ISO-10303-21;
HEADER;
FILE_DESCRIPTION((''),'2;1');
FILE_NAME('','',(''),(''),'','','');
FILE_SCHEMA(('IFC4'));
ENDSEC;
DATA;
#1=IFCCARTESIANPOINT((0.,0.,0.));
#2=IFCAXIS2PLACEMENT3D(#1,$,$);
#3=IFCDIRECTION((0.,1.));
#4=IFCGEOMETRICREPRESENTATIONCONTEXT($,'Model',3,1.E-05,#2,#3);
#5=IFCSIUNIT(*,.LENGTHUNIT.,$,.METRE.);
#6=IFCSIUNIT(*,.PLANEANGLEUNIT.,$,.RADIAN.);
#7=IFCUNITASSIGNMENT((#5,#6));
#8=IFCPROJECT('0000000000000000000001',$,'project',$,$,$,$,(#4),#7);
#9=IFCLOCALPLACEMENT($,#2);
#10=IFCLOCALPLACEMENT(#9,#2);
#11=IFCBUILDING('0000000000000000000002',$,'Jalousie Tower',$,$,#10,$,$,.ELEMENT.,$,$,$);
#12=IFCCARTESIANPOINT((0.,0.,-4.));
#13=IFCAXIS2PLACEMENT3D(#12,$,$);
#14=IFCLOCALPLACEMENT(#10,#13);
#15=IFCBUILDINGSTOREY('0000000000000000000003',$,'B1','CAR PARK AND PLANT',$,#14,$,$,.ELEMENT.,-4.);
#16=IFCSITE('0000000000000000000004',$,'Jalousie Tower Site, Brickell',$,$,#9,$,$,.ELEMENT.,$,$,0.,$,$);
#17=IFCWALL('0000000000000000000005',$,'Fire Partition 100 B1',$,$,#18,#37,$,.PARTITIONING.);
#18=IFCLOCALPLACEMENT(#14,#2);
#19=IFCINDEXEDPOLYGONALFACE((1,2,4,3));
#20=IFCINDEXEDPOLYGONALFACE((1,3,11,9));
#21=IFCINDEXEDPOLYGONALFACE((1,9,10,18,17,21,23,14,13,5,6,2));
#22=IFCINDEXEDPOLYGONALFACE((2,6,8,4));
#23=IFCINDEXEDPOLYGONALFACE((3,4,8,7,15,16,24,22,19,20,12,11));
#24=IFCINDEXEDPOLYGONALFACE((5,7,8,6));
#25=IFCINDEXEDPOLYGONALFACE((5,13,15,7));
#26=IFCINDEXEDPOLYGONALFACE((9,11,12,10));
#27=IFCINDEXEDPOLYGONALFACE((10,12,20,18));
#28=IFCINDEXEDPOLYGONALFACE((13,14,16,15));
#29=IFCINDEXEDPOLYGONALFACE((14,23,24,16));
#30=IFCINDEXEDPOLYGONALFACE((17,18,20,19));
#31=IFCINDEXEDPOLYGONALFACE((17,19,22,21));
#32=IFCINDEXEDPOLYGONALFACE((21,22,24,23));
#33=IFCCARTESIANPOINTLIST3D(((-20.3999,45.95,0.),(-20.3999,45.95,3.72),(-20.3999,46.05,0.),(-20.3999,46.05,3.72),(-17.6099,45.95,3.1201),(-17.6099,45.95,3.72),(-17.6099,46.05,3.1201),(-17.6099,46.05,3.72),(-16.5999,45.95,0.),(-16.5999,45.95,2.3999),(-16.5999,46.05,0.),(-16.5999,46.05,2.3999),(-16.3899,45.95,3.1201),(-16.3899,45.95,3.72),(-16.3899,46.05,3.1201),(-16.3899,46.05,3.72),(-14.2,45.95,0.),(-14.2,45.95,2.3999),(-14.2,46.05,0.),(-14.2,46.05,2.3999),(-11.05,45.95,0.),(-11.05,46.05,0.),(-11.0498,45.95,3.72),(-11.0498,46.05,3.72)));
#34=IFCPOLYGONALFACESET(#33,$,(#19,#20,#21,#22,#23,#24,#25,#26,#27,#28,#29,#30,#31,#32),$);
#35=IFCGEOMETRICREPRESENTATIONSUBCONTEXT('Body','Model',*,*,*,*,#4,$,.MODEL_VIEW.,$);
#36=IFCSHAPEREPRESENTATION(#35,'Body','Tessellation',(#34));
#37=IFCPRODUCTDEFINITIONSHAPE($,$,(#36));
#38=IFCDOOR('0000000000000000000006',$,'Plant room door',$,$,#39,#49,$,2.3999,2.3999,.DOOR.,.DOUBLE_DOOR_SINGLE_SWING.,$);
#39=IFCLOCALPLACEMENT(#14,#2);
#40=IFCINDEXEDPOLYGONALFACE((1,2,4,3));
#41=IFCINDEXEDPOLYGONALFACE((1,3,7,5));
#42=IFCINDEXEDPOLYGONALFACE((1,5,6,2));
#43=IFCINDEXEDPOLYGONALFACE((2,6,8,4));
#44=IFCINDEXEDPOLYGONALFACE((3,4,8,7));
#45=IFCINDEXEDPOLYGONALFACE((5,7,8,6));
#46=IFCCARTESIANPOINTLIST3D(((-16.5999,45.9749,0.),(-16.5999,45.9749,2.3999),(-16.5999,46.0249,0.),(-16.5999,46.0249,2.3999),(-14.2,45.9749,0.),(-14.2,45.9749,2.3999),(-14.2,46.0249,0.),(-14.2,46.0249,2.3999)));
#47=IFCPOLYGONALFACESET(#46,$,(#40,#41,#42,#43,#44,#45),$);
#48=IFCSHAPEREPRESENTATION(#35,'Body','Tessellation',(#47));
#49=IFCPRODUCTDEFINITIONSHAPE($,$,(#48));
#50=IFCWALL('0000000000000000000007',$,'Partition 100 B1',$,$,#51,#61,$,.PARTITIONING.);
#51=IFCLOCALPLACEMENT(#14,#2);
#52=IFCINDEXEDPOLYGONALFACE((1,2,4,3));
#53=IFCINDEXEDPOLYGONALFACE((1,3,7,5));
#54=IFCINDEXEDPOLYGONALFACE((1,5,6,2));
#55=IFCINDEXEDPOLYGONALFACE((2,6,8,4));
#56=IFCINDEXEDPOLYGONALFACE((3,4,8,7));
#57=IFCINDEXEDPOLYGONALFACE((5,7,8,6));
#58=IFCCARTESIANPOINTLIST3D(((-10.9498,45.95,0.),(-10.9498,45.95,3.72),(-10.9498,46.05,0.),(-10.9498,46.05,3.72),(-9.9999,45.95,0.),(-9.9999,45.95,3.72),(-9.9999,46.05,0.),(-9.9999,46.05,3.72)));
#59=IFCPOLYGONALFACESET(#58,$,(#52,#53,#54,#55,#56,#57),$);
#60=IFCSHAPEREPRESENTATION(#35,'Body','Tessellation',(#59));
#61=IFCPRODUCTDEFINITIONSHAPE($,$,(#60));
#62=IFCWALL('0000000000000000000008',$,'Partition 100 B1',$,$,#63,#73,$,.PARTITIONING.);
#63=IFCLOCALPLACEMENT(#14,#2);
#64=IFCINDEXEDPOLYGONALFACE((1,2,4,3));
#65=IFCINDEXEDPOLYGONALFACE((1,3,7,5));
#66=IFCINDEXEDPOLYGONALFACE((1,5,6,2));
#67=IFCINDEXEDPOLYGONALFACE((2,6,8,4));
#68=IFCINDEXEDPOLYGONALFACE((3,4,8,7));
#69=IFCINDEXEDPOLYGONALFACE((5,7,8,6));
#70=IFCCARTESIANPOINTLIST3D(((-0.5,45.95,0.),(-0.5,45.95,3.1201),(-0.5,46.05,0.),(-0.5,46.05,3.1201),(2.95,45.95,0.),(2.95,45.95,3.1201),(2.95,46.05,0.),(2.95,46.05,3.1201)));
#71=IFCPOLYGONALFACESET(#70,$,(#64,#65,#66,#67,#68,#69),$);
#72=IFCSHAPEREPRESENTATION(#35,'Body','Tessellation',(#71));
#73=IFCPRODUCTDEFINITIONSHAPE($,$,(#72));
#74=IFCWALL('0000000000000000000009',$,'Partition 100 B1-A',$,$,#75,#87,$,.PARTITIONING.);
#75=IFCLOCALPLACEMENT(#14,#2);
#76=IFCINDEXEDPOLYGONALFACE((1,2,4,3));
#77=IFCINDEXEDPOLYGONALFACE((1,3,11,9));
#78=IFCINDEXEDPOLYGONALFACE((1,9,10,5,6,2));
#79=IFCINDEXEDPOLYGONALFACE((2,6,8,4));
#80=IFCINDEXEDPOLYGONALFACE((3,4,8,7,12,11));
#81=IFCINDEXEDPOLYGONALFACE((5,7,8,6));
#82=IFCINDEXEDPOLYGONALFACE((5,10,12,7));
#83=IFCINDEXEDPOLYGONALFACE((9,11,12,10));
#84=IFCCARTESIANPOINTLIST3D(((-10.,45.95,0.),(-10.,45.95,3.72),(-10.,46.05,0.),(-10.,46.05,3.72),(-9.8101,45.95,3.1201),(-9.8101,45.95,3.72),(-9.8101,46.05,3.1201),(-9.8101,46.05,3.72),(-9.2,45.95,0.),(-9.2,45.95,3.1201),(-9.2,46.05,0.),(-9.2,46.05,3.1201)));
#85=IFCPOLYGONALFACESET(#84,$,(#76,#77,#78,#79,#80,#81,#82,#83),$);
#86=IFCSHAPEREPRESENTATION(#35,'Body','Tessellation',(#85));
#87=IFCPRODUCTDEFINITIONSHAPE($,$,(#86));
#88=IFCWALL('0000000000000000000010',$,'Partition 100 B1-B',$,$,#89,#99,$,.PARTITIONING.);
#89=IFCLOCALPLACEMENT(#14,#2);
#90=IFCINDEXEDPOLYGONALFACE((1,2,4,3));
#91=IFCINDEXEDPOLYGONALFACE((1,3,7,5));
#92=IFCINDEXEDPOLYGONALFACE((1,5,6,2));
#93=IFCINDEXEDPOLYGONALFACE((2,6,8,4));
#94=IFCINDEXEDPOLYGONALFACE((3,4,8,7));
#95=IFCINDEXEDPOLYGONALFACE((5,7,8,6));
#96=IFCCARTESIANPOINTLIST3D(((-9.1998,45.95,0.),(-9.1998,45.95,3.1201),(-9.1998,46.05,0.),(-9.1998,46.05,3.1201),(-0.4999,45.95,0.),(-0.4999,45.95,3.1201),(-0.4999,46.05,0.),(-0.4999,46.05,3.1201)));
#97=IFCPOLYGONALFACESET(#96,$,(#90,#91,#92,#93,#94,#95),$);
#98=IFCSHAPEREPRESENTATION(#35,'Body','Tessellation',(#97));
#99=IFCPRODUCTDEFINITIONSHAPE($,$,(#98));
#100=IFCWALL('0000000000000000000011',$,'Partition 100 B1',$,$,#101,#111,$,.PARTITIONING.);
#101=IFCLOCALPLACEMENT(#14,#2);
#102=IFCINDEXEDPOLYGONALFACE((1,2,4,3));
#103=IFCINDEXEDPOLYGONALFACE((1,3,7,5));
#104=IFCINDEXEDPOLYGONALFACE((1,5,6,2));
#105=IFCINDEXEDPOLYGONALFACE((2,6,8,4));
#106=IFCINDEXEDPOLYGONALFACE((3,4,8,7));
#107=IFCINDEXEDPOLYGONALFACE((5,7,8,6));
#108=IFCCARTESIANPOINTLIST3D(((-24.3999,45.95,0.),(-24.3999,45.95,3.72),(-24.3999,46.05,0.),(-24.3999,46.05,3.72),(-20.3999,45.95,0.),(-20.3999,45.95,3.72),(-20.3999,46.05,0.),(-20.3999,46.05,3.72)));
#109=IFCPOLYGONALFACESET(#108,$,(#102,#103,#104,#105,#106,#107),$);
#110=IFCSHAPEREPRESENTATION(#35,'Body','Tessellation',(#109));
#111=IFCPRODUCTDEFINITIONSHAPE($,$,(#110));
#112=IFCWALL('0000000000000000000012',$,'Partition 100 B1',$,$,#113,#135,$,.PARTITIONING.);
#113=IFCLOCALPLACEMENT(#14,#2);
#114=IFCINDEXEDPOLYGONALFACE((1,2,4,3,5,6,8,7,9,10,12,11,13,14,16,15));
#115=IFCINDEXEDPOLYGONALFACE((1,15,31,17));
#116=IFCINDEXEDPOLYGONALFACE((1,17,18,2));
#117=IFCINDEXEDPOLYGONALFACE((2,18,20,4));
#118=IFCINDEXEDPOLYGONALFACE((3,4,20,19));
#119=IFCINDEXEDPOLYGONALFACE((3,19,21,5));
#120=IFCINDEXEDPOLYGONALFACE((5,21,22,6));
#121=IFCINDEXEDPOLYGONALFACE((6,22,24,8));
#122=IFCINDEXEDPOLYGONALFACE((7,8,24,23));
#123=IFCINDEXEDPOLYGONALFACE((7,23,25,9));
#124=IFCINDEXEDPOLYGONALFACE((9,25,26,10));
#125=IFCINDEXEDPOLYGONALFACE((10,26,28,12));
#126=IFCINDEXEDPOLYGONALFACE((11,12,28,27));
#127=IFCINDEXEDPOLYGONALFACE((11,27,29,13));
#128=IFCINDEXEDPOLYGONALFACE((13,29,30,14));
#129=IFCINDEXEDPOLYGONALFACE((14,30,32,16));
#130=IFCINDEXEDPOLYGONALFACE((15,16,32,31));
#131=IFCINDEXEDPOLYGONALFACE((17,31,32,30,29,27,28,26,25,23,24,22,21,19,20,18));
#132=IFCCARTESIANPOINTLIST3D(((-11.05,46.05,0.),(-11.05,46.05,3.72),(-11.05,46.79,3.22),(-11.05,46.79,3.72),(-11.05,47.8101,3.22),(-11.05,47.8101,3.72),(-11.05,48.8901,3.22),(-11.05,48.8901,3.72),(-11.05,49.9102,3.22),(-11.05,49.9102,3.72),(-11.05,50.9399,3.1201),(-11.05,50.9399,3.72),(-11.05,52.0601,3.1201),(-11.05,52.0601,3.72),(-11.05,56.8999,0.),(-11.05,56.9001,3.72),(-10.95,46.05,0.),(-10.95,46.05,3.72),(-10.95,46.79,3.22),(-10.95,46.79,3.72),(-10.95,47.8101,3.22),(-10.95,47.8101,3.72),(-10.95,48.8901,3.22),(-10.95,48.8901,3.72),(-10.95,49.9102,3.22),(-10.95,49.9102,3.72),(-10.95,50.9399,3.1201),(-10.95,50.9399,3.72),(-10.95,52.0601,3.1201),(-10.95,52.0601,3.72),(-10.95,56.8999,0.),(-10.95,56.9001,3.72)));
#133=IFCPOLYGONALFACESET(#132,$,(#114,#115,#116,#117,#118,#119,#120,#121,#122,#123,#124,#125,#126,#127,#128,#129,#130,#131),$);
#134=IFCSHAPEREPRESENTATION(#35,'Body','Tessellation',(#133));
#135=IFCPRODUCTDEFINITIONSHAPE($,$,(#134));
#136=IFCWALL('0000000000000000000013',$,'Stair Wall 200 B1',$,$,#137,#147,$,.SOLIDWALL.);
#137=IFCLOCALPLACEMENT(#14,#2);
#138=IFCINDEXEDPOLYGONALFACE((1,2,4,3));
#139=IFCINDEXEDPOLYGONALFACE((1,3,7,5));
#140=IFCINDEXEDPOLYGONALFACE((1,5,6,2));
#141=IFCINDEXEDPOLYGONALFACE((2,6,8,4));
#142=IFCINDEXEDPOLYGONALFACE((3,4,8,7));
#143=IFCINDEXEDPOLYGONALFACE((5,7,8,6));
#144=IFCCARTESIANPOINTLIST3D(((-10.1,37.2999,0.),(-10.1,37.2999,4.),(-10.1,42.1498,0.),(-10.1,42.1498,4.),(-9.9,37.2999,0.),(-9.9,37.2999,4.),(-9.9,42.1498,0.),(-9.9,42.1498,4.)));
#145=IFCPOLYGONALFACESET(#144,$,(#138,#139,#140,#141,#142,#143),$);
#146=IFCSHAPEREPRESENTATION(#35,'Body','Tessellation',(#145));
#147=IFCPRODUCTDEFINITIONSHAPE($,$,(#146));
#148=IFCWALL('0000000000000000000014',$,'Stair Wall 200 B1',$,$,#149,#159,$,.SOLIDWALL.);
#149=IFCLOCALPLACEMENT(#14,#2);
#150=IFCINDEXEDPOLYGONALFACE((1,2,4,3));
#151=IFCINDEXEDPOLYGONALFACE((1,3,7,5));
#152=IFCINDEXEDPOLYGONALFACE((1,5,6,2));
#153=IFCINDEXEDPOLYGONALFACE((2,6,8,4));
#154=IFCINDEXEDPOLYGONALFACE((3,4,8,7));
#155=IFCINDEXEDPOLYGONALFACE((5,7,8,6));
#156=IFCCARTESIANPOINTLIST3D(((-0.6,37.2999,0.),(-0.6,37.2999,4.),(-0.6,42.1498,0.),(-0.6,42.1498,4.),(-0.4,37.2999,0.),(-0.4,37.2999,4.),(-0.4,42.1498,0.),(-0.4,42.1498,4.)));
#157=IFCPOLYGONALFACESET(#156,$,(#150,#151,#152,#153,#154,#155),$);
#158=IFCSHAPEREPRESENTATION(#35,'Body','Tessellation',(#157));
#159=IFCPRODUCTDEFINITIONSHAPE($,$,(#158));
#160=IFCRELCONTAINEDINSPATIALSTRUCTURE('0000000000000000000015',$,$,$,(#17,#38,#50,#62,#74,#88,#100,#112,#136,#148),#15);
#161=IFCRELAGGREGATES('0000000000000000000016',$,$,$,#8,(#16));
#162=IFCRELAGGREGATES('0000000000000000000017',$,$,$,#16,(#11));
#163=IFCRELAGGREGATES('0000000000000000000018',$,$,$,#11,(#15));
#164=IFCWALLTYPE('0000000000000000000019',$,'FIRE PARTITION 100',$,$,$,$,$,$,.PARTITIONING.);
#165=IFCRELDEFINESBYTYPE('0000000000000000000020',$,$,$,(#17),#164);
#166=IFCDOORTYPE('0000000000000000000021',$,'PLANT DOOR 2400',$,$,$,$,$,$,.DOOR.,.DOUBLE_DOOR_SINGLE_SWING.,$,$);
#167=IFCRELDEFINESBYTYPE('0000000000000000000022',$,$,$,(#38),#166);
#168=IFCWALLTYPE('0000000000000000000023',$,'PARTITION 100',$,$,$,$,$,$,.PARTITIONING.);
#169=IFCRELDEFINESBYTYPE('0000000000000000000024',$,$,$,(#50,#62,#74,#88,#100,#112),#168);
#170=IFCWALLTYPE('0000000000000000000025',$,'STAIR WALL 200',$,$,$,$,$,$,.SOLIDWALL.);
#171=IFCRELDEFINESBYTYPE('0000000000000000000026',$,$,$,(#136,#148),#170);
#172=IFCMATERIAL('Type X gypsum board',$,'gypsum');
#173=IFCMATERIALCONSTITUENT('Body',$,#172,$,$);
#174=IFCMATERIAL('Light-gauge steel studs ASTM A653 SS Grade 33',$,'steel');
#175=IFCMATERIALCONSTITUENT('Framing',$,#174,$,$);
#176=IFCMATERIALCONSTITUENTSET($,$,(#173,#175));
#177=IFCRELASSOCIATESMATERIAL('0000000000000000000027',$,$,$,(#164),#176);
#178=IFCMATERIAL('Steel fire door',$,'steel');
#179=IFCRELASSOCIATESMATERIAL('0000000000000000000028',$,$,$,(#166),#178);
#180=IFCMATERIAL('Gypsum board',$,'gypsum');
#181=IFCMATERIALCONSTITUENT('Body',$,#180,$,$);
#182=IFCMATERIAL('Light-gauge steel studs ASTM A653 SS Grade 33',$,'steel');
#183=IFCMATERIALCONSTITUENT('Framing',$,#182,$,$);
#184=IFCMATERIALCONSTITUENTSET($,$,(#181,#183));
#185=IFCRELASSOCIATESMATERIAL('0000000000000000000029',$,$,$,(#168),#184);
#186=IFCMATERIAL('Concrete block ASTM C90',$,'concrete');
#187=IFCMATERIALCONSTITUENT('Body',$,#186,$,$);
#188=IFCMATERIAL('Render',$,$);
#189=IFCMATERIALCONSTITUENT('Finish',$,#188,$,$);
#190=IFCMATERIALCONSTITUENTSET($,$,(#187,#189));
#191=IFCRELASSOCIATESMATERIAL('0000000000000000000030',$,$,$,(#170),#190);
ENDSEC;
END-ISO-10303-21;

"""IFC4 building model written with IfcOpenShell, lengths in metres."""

from ifc_helpers import new_model, si_unit, direction, frame, frame_2d, origin, place, context, subcontext, project, spatial, polyline, rectangle, outline, extrude, material, constituent, constituent_set, type_object, element, fill, save


model = new_model("IFC4")

# Units and contexts
model_context = context("Model", 3, precision=1e-05, world=origin(), true_north=direction((0.0, 1.0)))
body_context = subcontext(model_context, "Body", "Model", "MODEL_VIEW")
ifc_project = project(units=[si_unit("LENGTHUNIT", "METRE"), si_unit("PLANEANGLEUNIT", "RADIAN")], contexts=[model_context])

# Site, building, storey
site_placement = place(None, origin())
site = spatial("IfcSite", under=ifc_project, at=site_placement, Name="Jalousie Tower Site, Brickell", CompositionType="ELEMENT", RefElevation=0.0)
building_placement = place(site_placement, origin())
building = spatial("IfcBuilding", under=site, at=building_placement, Name="Jalousie Tower", CompositionType="ELEMENT")
storey_placement = place(building_placement, frame((0.0, 0.0, -4.0)))
storey = spatial("IfcBuildingStorey", under=building, at=storey_placement, Name="B1", Description="CAR PARK AND PLANT", CompositionType="ELEMENT", Elevation=-4.0)

# Wall, opening, door
ifc_material_1 = material(Name="Type X gypsum board", Category="gypsum")
ifc_constituent_1 = constituent(ifc_material_1, Name="Body")
ifc_material_2 = material(Name="Light-gauge steel studs ASTM A653 SS Grade 33", Category="steel")
ifc_constituent_2 = constituent(ifc_material_2, Name="Framing")
ifc_constituent_set_1 = constituent_set(constituents=[ifc_constituent_1, ifc_constituent_2])
wall_type_1 = type_object("IfcWallType", Name="FIRE PARTITION 100", PredefinedType="PARTITIONING", material=ifc_constituent_set_1)
wall_1_placement = place(storey_placement, frame((-20.3999, 46.0, 0.0), z_axis=(0.0, 0.0, 1.0), x_axis=(1.0, 0.0, 0.0)))
wall_1 = element("IfcWall", 1, at=wall_1_placement, inside=storey, type_object=wall_type_1, Name="Fire Partition 100 B1", PredefinedType="PARTITIONING", context=body_context, shape_type="SweptSolid", body=[
    extrude(outline(polyline([(0.0, 0.0), (9.3499, 0.0), (9.3501, 3.72), (4.01, 3.72), (4.01, 3.1201), (2.79, 3.1201), (2.79, 3.72), (0.0, 3.72), (0.0, 0.0)])), frame((0.0, 0.05, 0.0), z_axis=(0.0, -1.0, 0.0), x_axis=(1.0, 0.0, 0.0)), (0.0, 0.0, 1.0), 0.1001),
])
opening_1_placement = place(wall_1_placement, frame((3.8, 0.0, 0.0)))
opening_1 = element("IfcOpeningElement", 2, at=opening_1_placement, cuts=wall_1, PredefinedType="OPENING", context=body_context, shape_type="SweptSolid", body=[
    extrude(rectangle(XDim=2.3999, YDim=2.3999, at=frame_2d((1.2, 1.2))), frame((0.0, 0.0601, 0.0), z_axis=(0.0, -1.0, 0.0), x_axis=(1.0, 0.0, 0.0)), (0.0, 0.0, 1.0), 0.1201),
])
ifc_material_3 = material(Name="Steel fire door", Category="steel")
door_type_1 = type_object("IfcDoorType", Name="PLANT DOOR 2400", OperationType="DOUBLE_DOOR_SINGLE_SWING", PredefinedType="DOOR", material=ifc_material_3)
door_1_placement = place(opening_1_placement, origin())
door_1 = element("IfcDoor", 3, at=door_1_placement, inside=storey, type_object=door_type_1, Name="Plant room door", OperationType="DOUBLE_DOOR_SINGLE_SWING", OverallHeight=2.3999, OverallWidth=2.3999, PredefinedType="DOOR", context=body_context, shape_type="SweptSolid", body=[
    extrude(rectangle(XDim=2.3999, YDim=2.3999, at=frame_2d((1.2, 1.2))), frame((0.0, 0.0249, 0.0), z_axis=(0.0, -1.0, 0.0), x_axis=(1.0, 0.0, 0.0)), (0.0, 0.0, 1.0), 0.05),
])
fill(opening_1, door_1)

# Walls
ifc_material_4 = material(Name="Gypsum board", Category="gypsum")
ifc_constituent_3 = constituent(ifc_material_4, Name="Body")
ifc_material_5 = material(Name="Light-gauge steel studs ASTM A653 SS Grade 33", Category="steel")
ifc_constituent_4 = constituent(ifc_material_5, Name="Framing")
ifc_constituent_set_2 = constituent_set(constituents=[ifc_constituent_3, ifc_constituent_4])
wall_type_2 = type_object("IfcWallType", Name="PARTITION 100", PredefinedType="PARTITIONING", material=ifc_constituent_set_2)
wall_2_placement = place(storey_placement, frame((-10.95, 46.0, 0.0), z_axis=(0.0, 0.0, 1.0), x_axis=(1.0, 0.0, 0.0)))
element("IfcWall", 4, at=wall_2_placement, inside=storey, type_object=wall_type_2, Name="Partition 100 B1", PredefinedType="PARTITIONING", context=body_context, shape_type="SweptSolid", body=[
    extrude(rectangle(XDim=0.95, YDim=0.1001, at=frame_2d((0.4751, 0.0))), origin(), (0.0, 0.0, 1.0), 3.72),
])
wall_3_placement = place(storey_placement, frame((-0.5, 46.0, 0.0), z_axis=(0.0, 0.0, 1.0), x_axis=(1.0, 0.0, 0.0)))
element("IfcWall", 5, at=wall_3_placement, inside=storey, type_object=wall_type_2, Name="Partition 100 B1", PredefinedType="PARTITIONING", context=body_context, shape_type="SweptSolid", body=[
    extrude(outline(polyline([(0.0, 0.0), (3.45, 0.0), (3.45, 3.72), (3.45, 3.1201), (0.0, 3.1201), (0.0, 3.72), (0.0, 0.0)])), frame((0.0, 0.05, 0.0), z_axis=(0.0, -1.0, 0.0), x_axis=(1.0, 0.0, 0.0)), (0.0, 0.0, 1.0), 0.1001),
])
wall_4_placement = place(storey_placement, frame((-10.0, 46.0, 0.0), z_axis=(0.0, 0.0, 1.0), x_axis=(1.0, 0.0, 0.0)))
element("IfcWall", 6, at=wall_4_placement, inside=storey, type_object=wall_type_2, Name="Partition 100 B1-A", PredefinedType="PARTITIONING", context=body_context, shape_type="SweptSolid", body=[
    extrude(outline(polyline([(0.0, 0.0), (0.8, 0.0), (0.8, 3.1201), (0.1899, 3.1201), (0.1899, 3.72), (0.0, 3.72), (0.0, 0.0)])), frame((0.0, 0.05, 0.0), z_axis=(0.0, -1.0, 0.0), x_axis=(1.0, 0.0, 0.0)), (0.0, 0.0, 1.0), 0.1001),
])
wall_5_placement = place(storey_placement, frame((-9.2, 46.0, 0.0), z_axis=(0.0, 0.0, 1.0), x_axis=(1.0, 0.0, 0.0)))
element("IfcWall", 7, at=wall_5_placement, inside=storey, type_object=wall_type_2, Name="Partition 100 B1-B", PredefinedType="PARTITIONING", context=body_context, shape_type="SweptSolid", body=[
    extrude(rectangle(XDim=8.7, YDim=0.1001, at=frame_2d((4.3501, 0.0))), origin(), (0.0, 0.0, 1.0), 3.1201),
])
wall_6_placement = place(storey_placement, frame((-24.3999, 46.0, 0.0), z_axis=(0.0, 0.0, 1.0), x_axis=(1.0, 0.0, 0.0)))
element("IfcWall", 8, at=wall_6_placement, inside=storey, type_object=wall_type_2, Name="Partition 100 B1", PredefinedType="PARTITIONING", context=body_context, shape_type="SweptSolid", body=[
    extrude(rectangle(XDim=4.0, YDim=0.1001, at=frame_2d((2.0, 0.0))), origin(), (0.0, 0.0, 1.0), 3.72),
])
wall_7_placement = place(storey_placement, frame((-11.0, 46.05, 0.0), z_axis=(0.0, 0.0, 1.0), x_axis=(0.0, 1.0, 0.0)))
element("IfcWall", 9, at=wall_7_placement, inside=storey, type_object=wall_type_2, Name="Partition 100 B1", PredefinedType="PARTITIONING", context=body_context, shape_type="SweptSolid", body=[
    extrude(outline(polyline([(0.0, 0.0), (10.8499, 0.0), (10.8501, 3.72), (6.01, 3.72), (6.01, 3.1201), (4.8899, 3.1201), (4.8899, 3.72), (3.8601, 3.72), (3.8601, 3.22), (2.8401, 3.22), (2.8401, 3.72), (1.76, 3.72), (1.76, 3.22), (0.74, 3.22), (0.74, 3.72), (0.0, 3.72), (0.0, 0.0)])), frame((0.0, 0.05, 0.0), z_axis=(0.0, -1.0, 0.0), x_axis=(1.0, 0.0, 0.0)), (0.0, 0.0, 1.0), 0.1001),
])
ifc_material_6 = material(Name="Concrete block ASTM C90", Category="concrete")
ifc_constituent_5 = constituent(ifc_material_6, Name="Body")
ifc_material_7 = material(Name="Render")
ifc_constituent_6 = constituent(ifc_material_7, Name="Finish")
ifc_constituent_set_3 = constituent_set(constituents=[ifc_constituent_5, ifc_constituent_6])
wall_type_3 = type_object("IfcWallType", Name="STAIR WALL 200", PredefinedType="SOLIDWALL", material=ifc_constituent_set_3)
for number, where, z_axis, x_axis, name in (
    (10, (-10.0, 37.3, 0.0), (0.0, 0.0, 1.0), (0.0, 1.0, 0.0), "Stair Wall 200 B1"),
    (11, (-0.5, 37.3, 0.0), (0.0, 0.0, 1.0), (0.0, 1.0, 0.0), "Stair Wall 200 B1"),
):
    element("IfcWall", number, at=place(storey_placement, frame(where, z_axis=z_axis, x_axis=x_axis)), inside=storey, type_object=wall_type_3, Name=name, PredefinedType="SOLIDWALL", context=body_context, shape_type="SweptSolid", body=[
        extrude(rectangle(XDim=4.8499, YDim=0.2, at=frame_2d((2.4248, 0.0))), origin(), (0.0, 0.0, 1.0), 4.0),
    ])

save(model, "model.ifc")
